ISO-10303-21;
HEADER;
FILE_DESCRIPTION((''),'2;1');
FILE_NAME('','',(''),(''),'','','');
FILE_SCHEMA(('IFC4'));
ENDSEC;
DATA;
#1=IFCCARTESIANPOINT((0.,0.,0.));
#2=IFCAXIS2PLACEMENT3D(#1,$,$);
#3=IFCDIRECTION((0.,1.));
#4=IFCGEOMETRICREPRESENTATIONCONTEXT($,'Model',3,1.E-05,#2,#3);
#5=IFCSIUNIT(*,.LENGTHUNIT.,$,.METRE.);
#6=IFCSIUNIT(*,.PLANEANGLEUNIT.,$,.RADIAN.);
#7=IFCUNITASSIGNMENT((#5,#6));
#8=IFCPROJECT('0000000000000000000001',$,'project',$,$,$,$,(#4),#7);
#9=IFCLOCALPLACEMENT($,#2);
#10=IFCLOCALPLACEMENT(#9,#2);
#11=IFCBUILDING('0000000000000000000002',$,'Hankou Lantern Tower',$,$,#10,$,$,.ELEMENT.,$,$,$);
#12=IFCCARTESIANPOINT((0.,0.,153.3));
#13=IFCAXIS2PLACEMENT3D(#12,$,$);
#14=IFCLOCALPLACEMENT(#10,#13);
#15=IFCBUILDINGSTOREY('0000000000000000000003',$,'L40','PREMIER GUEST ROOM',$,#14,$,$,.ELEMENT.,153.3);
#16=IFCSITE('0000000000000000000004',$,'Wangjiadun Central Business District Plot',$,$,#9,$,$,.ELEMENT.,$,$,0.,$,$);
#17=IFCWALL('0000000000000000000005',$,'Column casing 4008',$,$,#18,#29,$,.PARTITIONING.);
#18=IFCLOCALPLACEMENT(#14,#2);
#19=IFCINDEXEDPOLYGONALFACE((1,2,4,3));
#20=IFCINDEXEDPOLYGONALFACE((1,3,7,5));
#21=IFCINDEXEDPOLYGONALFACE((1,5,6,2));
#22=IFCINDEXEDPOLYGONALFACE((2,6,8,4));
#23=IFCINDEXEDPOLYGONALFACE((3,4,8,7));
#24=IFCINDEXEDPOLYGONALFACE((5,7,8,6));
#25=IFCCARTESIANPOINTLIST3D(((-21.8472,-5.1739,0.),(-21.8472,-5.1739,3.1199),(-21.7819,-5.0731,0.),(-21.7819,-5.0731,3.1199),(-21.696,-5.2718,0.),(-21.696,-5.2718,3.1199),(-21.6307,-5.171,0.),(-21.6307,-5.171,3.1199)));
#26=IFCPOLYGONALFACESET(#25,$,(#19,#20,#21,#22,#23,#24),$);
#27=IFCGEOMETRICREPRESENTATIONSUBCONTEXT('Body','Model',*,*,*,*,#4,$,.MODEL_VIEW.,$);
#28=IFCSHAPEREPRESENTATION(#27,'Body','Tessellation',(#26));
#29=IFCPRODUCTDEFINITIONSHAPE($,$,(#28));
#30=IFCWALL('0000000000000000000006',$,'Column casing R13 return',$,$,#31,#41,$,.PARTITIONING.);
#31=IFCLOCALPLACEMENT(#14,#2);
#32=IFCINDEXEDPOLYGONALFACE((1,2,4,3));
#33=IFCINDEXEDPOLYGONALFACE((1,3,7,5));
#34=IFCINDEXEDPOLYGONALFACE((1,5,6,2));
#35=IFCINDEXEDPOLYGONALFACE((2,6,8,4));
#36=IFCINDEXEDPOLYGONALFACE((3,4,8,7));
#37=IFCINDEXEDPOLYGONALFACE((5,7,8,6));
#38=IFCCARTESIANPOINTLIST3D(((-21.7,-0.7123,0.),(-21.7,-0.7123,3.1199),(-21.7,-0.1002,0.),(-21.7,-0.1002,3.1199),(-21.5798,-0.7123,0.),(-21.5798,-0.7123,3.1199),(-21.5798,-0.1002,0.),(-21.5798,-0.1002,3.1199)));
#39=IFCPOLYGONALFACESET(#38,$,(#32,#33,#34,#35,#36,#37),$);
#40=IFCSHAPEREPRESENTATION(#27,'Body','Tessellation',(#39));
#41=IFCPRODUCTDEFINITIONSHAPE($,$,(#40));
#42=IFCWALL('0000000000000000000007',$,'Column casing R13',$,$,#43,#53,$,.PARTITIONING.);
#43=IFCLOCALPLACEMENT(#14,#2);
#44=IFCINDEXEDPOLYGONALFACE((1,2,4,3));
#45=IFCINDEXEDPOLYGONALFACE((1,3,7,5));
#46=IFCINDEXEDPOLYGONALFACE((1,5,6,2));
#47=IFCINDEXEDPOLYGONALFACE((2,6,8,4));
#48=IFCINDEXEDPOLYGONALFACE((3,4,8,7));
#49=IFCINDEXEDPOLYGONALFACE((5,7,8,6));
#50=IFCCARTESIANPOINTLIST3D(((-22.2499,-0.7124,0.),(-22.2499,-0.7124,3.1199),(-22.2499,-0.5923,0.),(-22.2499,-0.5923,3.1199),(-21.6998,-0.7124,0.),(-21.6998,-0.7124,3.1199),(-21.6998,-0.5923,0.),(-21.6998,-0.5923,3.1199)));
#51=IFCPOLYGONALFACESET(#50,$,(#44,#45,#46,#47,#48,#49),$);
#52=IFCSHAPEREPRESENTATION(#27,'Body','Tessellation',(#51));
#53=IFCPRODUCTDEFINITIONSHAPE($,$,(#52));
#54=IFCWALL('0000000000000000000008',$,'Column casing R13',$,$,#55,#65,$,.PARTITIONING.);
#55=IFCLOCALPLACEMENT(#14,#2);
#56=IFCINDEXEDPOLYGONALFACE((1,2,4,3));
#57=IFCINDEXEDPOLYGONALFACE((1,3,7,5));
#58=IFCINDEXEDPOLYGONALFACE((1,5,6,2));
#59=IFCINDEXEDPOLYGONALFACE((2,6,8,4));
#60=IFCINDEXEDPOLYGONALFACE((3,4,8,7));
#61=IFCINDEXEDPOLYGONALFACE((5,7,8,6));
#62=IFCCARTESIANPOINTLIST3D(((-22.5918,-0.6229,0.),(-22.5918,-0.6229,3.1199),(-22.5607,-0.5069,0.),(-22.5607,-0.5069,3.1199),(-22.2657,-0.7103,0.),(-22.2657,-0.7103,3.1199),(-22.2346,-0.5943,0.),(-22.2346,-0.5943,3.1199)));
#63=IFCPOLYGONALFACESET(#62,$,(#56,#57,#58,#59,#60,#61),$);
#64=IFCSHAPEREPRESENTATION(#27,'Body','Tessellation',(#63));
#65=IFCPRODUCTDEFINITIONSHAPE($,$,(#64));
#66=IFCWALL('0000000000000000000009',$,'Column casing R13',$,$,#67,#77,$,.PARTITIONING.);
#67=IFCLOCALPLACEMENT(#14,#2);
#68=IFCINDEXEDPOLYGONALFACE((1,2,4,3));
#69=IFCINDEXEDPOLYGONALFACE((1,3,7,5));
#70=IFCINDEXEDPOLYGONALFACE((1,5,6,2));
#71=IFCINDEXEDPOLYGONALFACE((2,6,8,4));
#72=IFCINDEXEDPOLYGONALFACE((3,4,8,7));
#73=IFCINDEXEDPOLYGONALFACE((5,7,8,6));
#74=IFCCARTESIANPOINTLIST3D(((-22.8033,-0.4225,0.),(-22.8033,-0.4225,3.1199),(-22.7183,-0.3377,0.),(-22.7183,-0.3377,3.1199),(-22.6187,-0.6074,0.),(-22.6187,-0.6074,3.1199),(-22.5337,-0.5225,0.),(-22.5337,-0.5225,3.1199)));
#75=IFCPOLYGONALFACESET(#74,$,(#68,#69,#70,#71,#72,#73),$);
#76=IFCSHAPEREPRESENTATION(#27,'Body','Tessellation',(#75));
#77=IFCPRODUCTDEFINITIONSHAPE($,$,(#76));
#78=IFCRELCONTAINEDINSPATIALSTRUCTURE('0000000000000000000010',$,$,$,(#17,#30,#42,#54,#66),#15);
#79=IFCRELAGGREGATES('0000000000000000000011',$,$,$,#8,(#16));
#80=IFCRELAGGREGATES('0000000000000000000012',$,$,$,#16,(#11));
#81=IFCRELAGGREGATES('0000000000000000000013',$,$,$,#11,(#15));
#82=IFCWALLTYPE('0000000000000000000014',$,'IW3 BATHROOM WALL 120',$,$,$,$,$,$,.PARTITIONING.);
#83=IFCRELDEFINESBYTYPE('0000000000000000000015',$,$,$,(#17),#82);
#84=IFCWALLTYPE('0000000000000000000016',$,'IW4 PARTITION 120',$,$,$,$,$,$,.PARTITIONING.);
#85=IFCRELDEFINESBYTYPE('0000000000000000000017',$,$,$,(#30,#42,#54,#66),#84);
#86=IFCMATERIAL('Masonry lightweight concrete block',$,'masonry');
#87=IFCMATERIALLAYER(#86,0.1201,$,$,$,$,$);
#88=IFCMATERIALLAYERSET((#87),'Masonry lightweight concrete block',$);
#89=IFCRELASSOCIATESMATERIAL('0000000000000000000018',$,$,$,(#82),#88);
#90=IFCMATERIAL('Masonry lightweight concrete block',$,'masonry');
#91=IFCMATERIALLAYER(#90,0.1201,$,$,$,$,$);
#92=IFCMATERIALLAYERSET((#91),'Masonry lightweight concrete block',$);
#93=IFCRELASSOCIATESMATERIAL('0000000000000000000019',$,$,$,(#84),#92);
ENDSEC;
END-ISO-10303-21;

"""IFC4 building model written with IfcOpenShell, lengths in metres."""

from ifc_helpers import new_model, si_unit, direction, frame, frame_2d, origin, place, context, subcontext, project, spatial, rectangle, extrude, material, layer, layer_set, type_object, element, save


model = new_model("IFC4")

# Units and contexts
model_context = context("Model", 3, precision=1e-05, world=origin(), true_north=direction((0.0, 1.0)))
body_context = subcontext(model_context, "Body", "Model", "MODEL_VIEW")
ifc_project = project(units=[si_unit("LENGTHUNIT", "METRE"), si_unit("PLANEANGLEUNIT", "RADIAN")], contexts=[model_context])

# Site, building, storey
site_placement = place(None, origin())
site = spatial("IfcSite", under=ifc_project, at=site_placement, Name="Wangjiadun Central Business District Plot", CompositionType="ELEMENT", RefElevation=0.0)
building_placement = place(site_placement, origin())
building = spatial("IfcBuilding", under=site, at=building_placement, Name="Hankou Lantern Tower", CompositionType="ELEMENT")
storey_placement = place(building_placement, frame((0.0, 0.0, 153.3)))
storey = spatial("IfcBuildingStorey", under=building, at=storey_placement, Name="L40", Description="PREMIER GUEST ROOM", CompositionType="ELEMENT", Elevation=153.3)

# Walls
ifc_material_1 = material(Name="Masonry lightweight concrete block", Category="masonry")
ifc_layer_1 = layer(ifc_material_1, 0.1201)
ifc_layer_set_1 = layer_set([ifc_layer_1], Name="Masonry lightweight concrete block")
wall_type_1 = type_object("IfcWallType", Name="IW3 BATHROOM WALL 120", PredefinedType="PARTITIONING", material=ifc_layer_set_1)
wall_1_placement = place(storey_placement, frame((-21.6633, -5.2214, 0.0), z_axis=(0.0, 0.0, 1.0), x_axis=(-0.839279, 0.543701, 0.0)))
element("IfcWall", 1, at=wall_1_placement, inside=storey, type_object=wall_type_1, Name="Column casing 4008", PredefinedType="PARTITIONING", context=body_context, shape_type="SweptSolid", body=[
    extrude(rectangle(XDim=0.1802, YDim=0.1201, at=frame_2d((0.0901, 0.0))), origin(), (0.0, 0.0, 1.0), 3.1199),
])
ifc_material_2 = material(Name="Masonry lightweight concrete block", Category="masonry")
ifc_layer_2 = layer(ifc_material_2, 0.1201)
ifc_layer_set_2 = layer_set([ifc_layer_2], Name="Masonry lightweight concrete block")
wall_type_2 = type_object("IfcWallType", Name="IW4 PARTITION 120", PredefinedType="PARTITIONING", material=ifc_layer_set_2)
wall_2_placement = place(storey_placement, frame((-21.6399, -0.1001, 0.0), z_axis=(0.0, 0.0, 1.0), x_axis=(0.0, -1.0, 0.0)))
element("IfcWall", 2, at=wall_2_placement, inside=storey, type_object=wall_type_2, Name="Column casing R13 return", PredefinedType="PARTITIONING", context=body_context, shape_type="SweptSolid", body=[
    extrude(rectangle(XDim=0.6121, YDim=0.1201, at=frame_2d((0.3062, 0.0))), origin(), (0.0, 0.0, 1.0), 3.1199),
])
wall_3_placement = place(storey_placement, frame((-21.7, -0.6523, 0.0), z_axis=(0.0, 0.0, 1.0), x_axis=(-1.0, 0.0, 0.0)))
element("IfcWall", 3, at=wall_3_placement, inside=storey, type_object=wall_type_2, Name="Column casing R13", PredefinedType="PARTITIONING", context=body_context, shape_type="SweptSolid", body=[
    extrude(rectangle(XDim=0.55, YDim=0.1201, at=frame_2d((0.2749, 0.0))), origin(), (0.0, 0.0, 1.0), 3.1199),
])
wall_4_placement = place(storey_placement, frame((-22.25, -0.6523, 0.0), z_axis=(0.0, 0.0, 1.0), x_axis=(-0.965922, 0.258832, 0.0)))
element("IfcWall", 4, at=wall_4_placement, inside=storey, type_object=wall_type_2, Name="Column casing R13", PredefinedType="PARTITIONING", context=body_context, shape_type="SweptSolid", body=[
    extrude(rectangle(XDim=0.3376, YDim=0.1201, at=frame_2d((0.1689, 0.0))), origin(), (0.0, 0.0, 1.0), 3.1199),
])
wall_5_placement = place(storey_placement, frame((-22.5762, -0.5649, 0.0), z_axis=(0.0, 0.0, 1.0), x_axis=(-0.706639, 0.707574, 0.0)))
element("IfcWall", 5, at=wall_5_placement, inside=storey, type_object=wall_type_2, Name="Column casing R13", PredefinedType="PARTITIONING", context=body_context, shape_type="SweptSolid", body=[
    extrude(rectangle(XDim=0.2612, YDim=0.1201, at=frame_2d((0.1306, 0.0))), origin(), (0.0, 0.0, 1.0), 3.1199),
])

save(model, "model.ifc")
